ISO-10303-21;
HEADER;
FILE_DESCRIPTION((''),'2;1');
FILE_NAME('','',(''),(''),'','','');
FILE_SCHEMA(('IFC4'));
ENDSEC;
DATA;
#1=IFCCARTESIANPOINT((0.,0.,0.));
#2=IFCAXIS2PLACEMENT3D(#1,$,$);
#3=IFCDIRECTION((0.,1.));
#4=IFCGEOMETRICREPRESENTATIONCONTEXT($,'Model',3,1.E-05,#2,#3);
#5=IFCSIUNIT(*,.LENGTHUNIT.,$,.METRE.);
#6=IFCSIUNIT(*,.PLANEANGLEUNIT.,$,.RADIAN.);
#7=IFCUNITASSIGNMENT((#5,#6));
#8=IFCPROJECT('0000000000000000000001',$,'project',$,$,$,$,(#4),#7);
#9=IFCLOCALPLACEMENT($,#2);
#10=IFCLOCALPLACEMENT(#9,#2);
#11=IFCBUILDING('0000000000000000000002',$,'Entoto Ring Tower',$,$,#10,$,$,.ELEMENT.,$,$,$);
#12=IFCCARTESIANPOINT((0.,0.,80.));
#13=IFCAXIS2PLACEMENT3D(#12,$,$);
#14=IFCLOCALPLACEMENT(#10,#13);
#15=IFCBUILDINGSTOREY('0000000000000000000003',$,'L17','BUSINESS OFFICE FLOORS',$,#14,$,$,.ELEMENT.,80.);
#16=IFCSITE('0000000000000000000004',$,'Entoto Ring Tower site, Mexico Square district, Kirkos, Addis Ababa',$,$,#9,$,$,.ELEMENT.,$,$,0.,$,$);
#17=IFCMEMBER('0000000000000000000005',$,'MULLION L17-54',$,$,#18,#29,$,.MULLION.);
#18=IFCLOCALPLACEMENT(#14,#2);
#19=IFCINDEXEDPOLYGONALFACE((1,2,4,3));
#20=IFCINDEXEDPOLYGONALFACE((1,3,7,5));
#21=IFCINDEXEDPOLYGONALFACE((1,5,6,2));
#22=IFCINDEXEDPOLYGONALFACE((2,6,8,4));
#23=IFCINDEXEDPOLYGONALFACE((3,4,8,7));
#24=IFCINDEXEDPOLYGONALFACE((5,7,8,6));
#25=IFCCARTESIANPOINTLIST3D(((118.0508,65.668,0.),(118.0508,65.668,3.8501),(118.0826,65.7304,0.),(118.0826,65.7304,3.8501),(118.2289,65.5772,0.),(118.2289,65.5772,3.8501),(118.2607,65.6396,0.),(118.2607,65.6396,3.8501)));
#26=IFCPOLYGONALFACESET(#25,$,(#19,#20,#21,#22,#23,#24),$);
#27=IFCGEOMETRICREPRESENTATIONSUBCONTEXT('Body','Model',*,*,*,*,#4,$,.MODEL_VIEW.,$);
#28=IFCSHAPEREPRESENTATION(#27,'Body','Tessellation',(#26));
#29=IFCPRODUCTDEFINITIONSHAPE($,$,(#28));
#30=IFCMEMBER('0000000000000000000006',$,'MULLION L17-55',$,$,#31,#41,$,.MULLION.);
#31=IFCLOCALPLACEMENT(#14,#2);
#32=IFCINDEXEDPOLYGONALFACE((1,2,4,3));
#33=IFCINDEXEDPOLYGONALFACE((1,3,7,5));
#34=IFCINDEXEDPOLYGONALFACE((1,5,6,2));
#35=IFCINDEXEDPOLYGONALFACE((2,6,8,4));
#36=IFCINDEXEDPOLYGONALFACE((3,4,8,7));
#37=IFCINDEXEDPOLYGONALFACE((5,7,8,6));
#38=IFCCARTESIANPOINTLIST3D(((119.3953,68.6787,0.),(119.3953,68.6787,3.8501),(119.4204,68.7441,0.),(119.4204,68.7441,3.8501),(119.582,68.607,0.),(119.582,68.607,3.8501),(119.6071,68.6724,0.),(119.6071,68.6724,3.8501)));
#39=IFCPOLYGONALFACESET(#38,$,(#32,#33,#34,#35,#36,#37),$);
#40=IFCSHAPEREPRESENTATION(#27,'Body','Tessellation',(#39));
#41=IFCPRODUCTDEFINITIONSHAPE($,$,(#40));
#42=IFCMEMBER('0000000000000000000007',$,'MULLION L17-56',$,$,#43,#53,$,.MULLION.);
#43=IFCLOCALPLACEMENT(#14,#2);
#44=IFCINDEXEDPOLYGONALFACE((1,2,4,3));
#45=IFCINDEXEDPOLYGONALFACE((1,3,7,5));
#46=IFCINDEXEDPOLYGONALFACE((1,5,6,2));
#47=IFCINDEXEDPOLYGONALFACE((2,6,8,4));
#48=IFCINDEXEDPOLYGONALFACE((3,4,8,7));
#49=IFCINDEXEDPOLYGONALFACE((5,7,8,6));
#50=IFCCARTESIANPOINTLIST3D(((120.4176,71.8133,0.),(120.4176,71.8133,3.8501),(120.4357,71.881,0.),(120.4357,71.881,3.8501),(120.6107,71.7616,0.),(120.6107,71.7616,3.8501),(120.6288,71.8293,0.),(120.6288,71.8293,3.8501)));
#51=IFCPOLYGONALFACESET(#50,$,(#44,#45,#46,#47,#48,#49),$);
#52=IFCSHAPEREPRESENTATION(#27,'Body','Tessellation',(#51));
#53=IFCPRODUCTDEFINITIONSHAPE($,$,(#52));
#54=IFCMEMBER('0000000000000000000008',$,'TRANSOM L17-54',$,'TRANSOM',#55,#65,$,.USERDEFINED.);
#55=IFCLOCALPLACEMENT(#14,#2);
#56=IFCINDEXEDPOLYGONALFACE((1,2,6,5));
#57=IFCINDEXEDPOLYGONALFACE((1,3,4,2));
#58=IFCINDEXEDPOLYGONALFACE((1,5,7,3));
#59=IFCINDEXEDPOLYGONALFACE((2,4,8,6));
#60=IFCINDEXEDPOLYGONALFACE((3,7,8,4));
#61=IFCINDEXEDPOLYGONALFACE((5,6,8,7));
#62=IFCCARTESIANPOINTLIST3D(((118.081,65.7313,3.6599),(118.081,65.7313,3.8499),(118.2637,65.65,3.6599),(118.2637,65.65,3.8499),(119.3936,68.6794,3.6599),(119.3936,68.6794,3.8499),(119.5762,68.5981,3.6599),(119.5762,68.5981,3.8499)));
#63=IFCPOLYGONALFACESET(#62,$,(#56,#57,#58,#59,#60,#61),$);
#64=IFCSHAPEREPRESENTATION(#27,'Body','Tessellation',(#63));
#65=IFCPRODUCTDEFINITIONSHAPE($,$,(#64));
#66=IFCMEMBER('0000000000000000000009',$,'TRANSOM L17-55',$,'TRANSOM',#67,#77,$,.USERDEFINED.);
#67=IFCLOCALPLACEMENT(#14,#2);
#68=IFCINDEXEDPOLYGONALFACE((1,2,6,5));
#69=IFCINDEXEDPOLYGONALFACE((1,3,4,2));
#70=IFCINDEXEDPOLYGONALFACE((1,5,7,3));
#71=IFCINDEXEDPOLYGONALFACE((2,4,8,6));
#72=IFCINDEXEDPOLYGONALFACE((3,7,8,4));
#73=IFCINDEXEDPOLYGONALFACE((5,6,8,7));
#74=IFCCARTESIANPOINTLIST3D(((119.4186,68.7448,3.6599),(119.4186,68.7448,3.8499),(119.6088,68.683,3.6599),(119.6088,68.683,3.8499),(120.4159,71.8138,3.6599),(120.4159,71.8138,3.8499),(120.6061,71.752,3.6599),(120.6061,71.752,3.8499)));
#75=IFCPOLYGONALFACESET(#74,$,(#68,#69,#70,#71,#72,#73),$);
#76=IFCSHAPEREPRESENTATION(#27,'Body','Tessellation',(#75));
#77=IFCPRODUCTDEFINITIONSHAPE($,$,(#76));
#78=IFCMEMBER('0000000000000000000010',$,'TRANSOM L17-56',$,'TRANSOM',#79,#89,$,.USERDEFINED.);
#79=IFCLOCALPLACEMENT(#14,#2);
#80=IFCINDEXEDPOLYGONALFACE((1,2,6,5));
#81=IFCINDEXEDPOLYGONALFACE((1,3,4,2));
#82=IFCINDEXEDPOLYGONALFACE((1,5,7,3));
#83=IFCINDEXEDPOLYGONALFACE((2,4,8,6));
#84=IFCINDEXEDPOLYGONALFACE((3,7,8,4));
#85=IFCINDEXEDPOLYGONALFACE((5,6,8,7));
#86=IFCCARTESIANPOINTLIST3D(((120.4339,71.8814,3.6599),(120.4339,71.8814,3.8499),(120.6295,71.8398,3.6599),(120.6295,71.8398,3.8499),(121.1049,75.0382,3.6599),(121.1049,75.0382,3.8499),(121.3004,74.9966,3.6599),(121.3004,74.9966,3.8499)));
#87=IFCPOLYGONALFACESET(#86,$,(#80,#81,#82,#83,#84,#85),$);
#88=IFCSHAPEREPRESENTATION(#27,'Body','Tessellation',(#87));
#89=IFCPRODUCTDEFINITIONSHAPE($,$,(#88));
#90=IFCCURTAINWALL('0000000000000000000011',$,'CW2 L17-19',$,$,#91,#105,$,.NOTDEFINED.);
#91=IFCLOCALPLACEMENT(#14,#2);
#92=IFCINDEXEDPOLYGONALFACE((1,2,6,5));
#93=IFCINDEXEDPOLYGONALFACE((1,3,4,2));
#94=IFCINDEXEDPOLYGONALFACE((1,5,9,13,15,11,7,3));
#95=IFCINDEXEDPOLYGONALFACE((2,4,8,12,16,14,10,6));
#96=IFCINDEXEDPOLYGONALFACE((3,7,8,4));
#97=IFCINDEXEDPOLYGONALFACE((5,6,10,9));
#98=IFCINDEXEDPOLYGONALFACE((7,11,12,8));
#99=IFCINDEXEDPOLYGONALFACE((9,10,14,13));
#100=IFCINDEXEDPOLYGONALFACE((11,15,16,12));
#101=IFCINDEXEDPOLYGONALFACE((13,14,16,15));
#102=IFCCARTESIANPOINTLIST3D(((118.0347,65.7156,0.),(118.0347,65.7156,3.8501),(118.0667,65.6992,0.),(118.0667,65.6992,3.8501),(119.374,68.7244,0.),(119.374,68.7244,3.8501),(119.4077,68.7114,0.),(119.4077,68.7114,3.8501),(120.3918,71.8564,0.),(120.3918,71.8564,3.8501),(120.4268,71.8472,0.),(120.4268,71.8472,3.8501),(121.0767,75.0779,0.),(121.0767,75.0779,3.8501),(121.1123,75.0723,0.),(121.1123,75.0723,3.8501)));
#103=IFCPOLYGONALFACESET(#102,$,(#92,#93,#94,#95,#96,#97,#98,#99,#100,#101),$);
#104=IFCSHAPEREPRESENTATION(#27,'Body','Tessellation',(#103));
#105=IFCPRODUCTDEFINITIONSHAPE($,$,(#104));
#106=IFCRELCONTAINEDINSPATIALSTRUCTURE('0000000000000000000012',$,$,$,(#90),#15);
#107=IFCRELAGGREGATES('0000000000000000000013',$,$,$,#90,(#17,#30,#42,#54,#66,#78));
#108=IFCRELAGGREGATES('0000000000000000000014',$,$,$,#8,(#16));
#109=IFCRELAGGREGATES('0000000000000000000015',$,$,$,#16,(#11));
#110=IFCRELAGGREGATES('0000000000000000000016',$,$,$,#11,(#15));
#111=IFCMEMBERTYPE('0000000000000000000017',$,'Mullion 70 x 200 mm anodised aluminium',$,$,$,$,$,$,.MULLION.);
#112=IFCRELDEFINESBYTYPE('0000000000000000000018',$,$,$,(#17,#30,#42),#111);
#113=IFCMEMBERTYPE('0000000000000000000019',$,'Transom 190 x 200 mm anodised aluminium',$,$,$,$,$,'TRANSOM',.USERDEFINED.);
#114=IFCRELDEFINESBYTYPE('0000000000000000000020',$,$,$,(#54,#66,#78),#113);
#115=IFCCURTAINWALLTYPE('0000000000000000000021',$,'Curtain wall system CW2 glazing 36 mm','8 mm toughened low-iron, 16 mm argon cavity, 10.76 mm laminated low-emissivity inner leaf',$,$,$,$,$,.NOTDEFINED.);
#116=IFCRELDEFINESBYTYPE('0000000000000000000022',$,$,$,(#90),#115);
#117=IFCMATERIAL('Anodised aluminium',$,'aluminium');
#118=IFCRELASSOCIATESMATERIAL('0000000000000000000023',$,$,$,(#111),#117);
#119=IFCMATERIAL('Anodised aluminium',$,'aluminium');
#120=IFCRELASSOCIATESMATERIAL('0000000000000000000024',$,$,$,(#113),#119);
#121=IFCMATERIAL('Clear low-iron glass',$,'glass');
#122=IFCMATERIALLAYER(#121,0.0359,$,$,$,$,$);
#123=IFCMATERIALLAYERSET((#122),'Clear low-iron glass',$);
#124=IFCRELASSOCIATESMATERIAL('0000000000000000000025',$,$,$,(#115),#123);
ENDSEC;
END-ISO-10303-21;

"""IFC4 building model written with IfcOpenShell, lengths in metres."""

from ifc_helpers import new_model, si_unit, direction, frame, origin, origin_2d, place, context, subcontext, project, spatial, polyline, rectangle, outline, extrude, material, layer, layer_set, material_profile, profile_set, type_object, element, aggregate, save


model = new_model("IFC4")

# Units and contexts
model_context = context("Model", 3, precision=1e-05, world=origin(), true_north=direction((0.0, 1.0)))
body_context = subcontext(model_context, "Body", "Model", "MODEL_VIEW")
ifc_project = project(units=[si_unit("LENGTHUNIT", "METRE"), si_unit("PLANEANGLEUNIT", "RADIAN")], contexts=[model_context])

# Members
ifc_material_1 = material(Name="Anodised aluminium", Category="aluminium")
ifc_material_profile_1 = material_profile(ifc_material_1, rectangle(XDim=0.0701, YDim=0.2, at=origin_2d()), Name="Mullion 70 x 200 mm anodised aluminium")
ifc_profile_set_1 = profile_set([ifc_material_profile_1], Name="Anodised aluminium")
member_type_1 = type_object("IfcMemberType", Name="Mullion 70 x 200 mm anodised aluminium", PredefinedType="MULLION", material=ifc_profile_set_1)
site_placement = place(None, origin())
building_placement = place(site_placement, origin())
storey_placement = place(building_placement, frame((0.0, 0.0, 80.0)))
member_1_placement = place(storey_placement, frame((118.1558, 65.6538, 0.0), z_axis=(0.0, 0.0, 1.0), x_axis=(0.45399, 0.891007, 0.0)))
member_1 = element("IfcMember", 1, at=member_1_placement, type_object=member_type_1, Name="MULLION L17-54", PredefinedType="MULLION", context=body_context, shape_type="SweptSolid", body=[
    extrude(rectangle(XDim=0.0701, YDim=0.2, at=origin_2d()), origin(), (0.0, 0.0, 1.0), 3.8501),
])
member_2_placement = place(storey_placement, frame((119.5012, 68.6755, 0.0), z_axis=(0.0, 0.0, 1.0), x_axis=(0.358368, 0.93358, 0.0)))
member_2 = element("IfcMember", 2, at=member_2_placement, type_object=member_type_1, Name="MULLION L17-55", PredefinedType="MULLION", context=body_context, shape_type="SweptSolid", body=[
    extrude(rectangle(XDim=0.0701, YDim=0.2, at=origin_2d()), origin(), (0.0, 0.0, 1.0), 3.8501),
])
member_3_placement = place(storey_placement, frame((120.5232, 71.8213, 0.0), z_axis=(0.0, 0.0, 1.0), x_axis=(0.258819, 0.965926, 0.0)))
member_3 = element("IfcMember", 3, at=member_3_placement, type_object=member_type_1, Name="MULLION L17-56", PredefinedType="MULLION", context=body_context, shape_type="SweptSolid", body=[
    extrude(rectangle(XDim=0.0701, YDim=0.2, at=origin_2d()), origin(), (0.0, 0.0, 1.0), 3.8501),
])
ifc_material_2 = material(Name="Anodised aluminium", Category="aluminium")
ifc_material_profile_2 = material_profile(ifc_material_2, rectangle(XDim=0.2, YDim=0.1899, at=origin_2d()), Name="Transom 190 x 200 mm anodised aluminium")
ifc_profile_set_2 = profile_set([ifc_material_profile_2], Name="Anodised aluminium")
member_type_2 = type_object("IfcMemberType", Name="Transom 190 x 200 mm anodised aluminium", ElementType="TRANSOM", PredefinedType="USERDEFINED", material=ifc_profile_set_2)
member_4_placement = place(storey_placement, frame((118.1724, 65.6907, 3.7549), z_axis=(0.406728, 0.913549, 0.0), x_axis=(-0.913549, 0.406728, 0.0)))
member_4 = element("IfcMember", 4, at=member_4_placement, type_object=member_type_2, Name="TRANSOM L17-54", ObjectType="TRANSOM", PredefinedType="USERDEFINED", context=body_context, shape_type="SweptSolid", body=[
    extrude(rectangle(XDim=0.2, YDim=0.1899, at=origin_2d()), origin(), (0.0, 0.0, 1.0), 3.2271),
])
member_5_placement = place(storey_placement, frame((119.5137, 68.7139, 3.7549), z_axis=(0.309047, 0.951047, 0.0), x_axis=(-0.951047, 0.309047, 0.0)))
member_5 = element("IfcMember", 5, at=member_5_placement, type_object=member_type_2, Name="TRANSOM L17-55", ObjectType="TRANSOM", PredefinedType="USERDEFINED", context=body_context, shape_type="SweptSolid", body=[
    extrude(rectangle(XDim=0.2, YDim=0.1899, at=origin_2d()), origin(), (0.0, 0.0, 1.0), 3.2271),
])
member_6_placement = place(storey_placement, frame((120.5317, 71.8606, 3.7549), z_axis=(0.207886, 0.978153, 0.0), x_axis=(-0.978153, 0.207886, 0.0)))
member_6 = element("IfcMember", 6, at=member_6_placement, type_object=member_type_2, Name="TRANSOM L17-56", ObjectType="TRANSOM", PredefinedType="USERDEFINED", context=body_context, shape_type="SweptSolid", body=[
    extrude(rectangle(XDim=0.2, YDim=0.1899, at=origin_2d()), origin(), (0.0, 0.0, 1.0), 3.2273),
])

# Site, building, storey
site = spatial("IfcSite", under=ifc_project, at=site_placement, Name="Entoto Ring Tower site, Mexico Square district, Kirkos, Addis Ababa", CompositionType="ELEMENT", RefElevation=0.0)
building = spatial("IfcBuilding", under=site, at=building_placement, Name="Entoto Ring Tower", CompositionType="ELEMENT")
storey = spatial("IfcBuildingStorey", under=building, at=storey_placement, Name="L17", Description="BUSINESS OFFICE FLOORS", CompositionType="ELEMENT", Elevation=80.0)

# Curtain wall
ifc_material_3 = material(Name="Clear low-iron glass", Category="glass")
ifc_layer_1 = layer(ifc_material_3, 0.0359)
ifc_layer_set_1 = layer_set([ifc_layer_1], Name="Clear low-iron glass")
curtain_wall_type = type_object("IfcCurtainWallType", Name="Curtain wall system CW2 glazing 36 mm", Description="8 mm toughened low-iron, 16 mm argon cavity, 10.76 mm laminated low-emissivity inner leaf", PredefinedType="NOTDEFINED", material=ifc_layer_set_1)
curtain_wall_1_placement = place(storey_placement, origin())
curtain_wall_1 = element("IfcCurtainWall", 7, at=curtain_wall_1_placement, inside=storey, type_object=curtain_wall_type, Name="CW2 L17-19", PredefinedType="NOTDEFINED", context=body_context, shape_type="SweptSolid", body=[
    extrude(outline(polyline([(118.0667, 65.6992), (119.4077, 68.7114), (120.4268, 71.8472), (121.1123, 75.0723), (121.0767, 75.0779), (120.3918, 71.8564), (119.374, 68.7244), (118.0347, 65.7156), (118.0667, 65.6992)])), origin(), (0.0, 0.0, 1.0), 3.8501),
])
aggregate(curtain_wall_1, [member_1, member_2, member_3, member_4, member_5, member_6])

save(model, "model.ifc")
